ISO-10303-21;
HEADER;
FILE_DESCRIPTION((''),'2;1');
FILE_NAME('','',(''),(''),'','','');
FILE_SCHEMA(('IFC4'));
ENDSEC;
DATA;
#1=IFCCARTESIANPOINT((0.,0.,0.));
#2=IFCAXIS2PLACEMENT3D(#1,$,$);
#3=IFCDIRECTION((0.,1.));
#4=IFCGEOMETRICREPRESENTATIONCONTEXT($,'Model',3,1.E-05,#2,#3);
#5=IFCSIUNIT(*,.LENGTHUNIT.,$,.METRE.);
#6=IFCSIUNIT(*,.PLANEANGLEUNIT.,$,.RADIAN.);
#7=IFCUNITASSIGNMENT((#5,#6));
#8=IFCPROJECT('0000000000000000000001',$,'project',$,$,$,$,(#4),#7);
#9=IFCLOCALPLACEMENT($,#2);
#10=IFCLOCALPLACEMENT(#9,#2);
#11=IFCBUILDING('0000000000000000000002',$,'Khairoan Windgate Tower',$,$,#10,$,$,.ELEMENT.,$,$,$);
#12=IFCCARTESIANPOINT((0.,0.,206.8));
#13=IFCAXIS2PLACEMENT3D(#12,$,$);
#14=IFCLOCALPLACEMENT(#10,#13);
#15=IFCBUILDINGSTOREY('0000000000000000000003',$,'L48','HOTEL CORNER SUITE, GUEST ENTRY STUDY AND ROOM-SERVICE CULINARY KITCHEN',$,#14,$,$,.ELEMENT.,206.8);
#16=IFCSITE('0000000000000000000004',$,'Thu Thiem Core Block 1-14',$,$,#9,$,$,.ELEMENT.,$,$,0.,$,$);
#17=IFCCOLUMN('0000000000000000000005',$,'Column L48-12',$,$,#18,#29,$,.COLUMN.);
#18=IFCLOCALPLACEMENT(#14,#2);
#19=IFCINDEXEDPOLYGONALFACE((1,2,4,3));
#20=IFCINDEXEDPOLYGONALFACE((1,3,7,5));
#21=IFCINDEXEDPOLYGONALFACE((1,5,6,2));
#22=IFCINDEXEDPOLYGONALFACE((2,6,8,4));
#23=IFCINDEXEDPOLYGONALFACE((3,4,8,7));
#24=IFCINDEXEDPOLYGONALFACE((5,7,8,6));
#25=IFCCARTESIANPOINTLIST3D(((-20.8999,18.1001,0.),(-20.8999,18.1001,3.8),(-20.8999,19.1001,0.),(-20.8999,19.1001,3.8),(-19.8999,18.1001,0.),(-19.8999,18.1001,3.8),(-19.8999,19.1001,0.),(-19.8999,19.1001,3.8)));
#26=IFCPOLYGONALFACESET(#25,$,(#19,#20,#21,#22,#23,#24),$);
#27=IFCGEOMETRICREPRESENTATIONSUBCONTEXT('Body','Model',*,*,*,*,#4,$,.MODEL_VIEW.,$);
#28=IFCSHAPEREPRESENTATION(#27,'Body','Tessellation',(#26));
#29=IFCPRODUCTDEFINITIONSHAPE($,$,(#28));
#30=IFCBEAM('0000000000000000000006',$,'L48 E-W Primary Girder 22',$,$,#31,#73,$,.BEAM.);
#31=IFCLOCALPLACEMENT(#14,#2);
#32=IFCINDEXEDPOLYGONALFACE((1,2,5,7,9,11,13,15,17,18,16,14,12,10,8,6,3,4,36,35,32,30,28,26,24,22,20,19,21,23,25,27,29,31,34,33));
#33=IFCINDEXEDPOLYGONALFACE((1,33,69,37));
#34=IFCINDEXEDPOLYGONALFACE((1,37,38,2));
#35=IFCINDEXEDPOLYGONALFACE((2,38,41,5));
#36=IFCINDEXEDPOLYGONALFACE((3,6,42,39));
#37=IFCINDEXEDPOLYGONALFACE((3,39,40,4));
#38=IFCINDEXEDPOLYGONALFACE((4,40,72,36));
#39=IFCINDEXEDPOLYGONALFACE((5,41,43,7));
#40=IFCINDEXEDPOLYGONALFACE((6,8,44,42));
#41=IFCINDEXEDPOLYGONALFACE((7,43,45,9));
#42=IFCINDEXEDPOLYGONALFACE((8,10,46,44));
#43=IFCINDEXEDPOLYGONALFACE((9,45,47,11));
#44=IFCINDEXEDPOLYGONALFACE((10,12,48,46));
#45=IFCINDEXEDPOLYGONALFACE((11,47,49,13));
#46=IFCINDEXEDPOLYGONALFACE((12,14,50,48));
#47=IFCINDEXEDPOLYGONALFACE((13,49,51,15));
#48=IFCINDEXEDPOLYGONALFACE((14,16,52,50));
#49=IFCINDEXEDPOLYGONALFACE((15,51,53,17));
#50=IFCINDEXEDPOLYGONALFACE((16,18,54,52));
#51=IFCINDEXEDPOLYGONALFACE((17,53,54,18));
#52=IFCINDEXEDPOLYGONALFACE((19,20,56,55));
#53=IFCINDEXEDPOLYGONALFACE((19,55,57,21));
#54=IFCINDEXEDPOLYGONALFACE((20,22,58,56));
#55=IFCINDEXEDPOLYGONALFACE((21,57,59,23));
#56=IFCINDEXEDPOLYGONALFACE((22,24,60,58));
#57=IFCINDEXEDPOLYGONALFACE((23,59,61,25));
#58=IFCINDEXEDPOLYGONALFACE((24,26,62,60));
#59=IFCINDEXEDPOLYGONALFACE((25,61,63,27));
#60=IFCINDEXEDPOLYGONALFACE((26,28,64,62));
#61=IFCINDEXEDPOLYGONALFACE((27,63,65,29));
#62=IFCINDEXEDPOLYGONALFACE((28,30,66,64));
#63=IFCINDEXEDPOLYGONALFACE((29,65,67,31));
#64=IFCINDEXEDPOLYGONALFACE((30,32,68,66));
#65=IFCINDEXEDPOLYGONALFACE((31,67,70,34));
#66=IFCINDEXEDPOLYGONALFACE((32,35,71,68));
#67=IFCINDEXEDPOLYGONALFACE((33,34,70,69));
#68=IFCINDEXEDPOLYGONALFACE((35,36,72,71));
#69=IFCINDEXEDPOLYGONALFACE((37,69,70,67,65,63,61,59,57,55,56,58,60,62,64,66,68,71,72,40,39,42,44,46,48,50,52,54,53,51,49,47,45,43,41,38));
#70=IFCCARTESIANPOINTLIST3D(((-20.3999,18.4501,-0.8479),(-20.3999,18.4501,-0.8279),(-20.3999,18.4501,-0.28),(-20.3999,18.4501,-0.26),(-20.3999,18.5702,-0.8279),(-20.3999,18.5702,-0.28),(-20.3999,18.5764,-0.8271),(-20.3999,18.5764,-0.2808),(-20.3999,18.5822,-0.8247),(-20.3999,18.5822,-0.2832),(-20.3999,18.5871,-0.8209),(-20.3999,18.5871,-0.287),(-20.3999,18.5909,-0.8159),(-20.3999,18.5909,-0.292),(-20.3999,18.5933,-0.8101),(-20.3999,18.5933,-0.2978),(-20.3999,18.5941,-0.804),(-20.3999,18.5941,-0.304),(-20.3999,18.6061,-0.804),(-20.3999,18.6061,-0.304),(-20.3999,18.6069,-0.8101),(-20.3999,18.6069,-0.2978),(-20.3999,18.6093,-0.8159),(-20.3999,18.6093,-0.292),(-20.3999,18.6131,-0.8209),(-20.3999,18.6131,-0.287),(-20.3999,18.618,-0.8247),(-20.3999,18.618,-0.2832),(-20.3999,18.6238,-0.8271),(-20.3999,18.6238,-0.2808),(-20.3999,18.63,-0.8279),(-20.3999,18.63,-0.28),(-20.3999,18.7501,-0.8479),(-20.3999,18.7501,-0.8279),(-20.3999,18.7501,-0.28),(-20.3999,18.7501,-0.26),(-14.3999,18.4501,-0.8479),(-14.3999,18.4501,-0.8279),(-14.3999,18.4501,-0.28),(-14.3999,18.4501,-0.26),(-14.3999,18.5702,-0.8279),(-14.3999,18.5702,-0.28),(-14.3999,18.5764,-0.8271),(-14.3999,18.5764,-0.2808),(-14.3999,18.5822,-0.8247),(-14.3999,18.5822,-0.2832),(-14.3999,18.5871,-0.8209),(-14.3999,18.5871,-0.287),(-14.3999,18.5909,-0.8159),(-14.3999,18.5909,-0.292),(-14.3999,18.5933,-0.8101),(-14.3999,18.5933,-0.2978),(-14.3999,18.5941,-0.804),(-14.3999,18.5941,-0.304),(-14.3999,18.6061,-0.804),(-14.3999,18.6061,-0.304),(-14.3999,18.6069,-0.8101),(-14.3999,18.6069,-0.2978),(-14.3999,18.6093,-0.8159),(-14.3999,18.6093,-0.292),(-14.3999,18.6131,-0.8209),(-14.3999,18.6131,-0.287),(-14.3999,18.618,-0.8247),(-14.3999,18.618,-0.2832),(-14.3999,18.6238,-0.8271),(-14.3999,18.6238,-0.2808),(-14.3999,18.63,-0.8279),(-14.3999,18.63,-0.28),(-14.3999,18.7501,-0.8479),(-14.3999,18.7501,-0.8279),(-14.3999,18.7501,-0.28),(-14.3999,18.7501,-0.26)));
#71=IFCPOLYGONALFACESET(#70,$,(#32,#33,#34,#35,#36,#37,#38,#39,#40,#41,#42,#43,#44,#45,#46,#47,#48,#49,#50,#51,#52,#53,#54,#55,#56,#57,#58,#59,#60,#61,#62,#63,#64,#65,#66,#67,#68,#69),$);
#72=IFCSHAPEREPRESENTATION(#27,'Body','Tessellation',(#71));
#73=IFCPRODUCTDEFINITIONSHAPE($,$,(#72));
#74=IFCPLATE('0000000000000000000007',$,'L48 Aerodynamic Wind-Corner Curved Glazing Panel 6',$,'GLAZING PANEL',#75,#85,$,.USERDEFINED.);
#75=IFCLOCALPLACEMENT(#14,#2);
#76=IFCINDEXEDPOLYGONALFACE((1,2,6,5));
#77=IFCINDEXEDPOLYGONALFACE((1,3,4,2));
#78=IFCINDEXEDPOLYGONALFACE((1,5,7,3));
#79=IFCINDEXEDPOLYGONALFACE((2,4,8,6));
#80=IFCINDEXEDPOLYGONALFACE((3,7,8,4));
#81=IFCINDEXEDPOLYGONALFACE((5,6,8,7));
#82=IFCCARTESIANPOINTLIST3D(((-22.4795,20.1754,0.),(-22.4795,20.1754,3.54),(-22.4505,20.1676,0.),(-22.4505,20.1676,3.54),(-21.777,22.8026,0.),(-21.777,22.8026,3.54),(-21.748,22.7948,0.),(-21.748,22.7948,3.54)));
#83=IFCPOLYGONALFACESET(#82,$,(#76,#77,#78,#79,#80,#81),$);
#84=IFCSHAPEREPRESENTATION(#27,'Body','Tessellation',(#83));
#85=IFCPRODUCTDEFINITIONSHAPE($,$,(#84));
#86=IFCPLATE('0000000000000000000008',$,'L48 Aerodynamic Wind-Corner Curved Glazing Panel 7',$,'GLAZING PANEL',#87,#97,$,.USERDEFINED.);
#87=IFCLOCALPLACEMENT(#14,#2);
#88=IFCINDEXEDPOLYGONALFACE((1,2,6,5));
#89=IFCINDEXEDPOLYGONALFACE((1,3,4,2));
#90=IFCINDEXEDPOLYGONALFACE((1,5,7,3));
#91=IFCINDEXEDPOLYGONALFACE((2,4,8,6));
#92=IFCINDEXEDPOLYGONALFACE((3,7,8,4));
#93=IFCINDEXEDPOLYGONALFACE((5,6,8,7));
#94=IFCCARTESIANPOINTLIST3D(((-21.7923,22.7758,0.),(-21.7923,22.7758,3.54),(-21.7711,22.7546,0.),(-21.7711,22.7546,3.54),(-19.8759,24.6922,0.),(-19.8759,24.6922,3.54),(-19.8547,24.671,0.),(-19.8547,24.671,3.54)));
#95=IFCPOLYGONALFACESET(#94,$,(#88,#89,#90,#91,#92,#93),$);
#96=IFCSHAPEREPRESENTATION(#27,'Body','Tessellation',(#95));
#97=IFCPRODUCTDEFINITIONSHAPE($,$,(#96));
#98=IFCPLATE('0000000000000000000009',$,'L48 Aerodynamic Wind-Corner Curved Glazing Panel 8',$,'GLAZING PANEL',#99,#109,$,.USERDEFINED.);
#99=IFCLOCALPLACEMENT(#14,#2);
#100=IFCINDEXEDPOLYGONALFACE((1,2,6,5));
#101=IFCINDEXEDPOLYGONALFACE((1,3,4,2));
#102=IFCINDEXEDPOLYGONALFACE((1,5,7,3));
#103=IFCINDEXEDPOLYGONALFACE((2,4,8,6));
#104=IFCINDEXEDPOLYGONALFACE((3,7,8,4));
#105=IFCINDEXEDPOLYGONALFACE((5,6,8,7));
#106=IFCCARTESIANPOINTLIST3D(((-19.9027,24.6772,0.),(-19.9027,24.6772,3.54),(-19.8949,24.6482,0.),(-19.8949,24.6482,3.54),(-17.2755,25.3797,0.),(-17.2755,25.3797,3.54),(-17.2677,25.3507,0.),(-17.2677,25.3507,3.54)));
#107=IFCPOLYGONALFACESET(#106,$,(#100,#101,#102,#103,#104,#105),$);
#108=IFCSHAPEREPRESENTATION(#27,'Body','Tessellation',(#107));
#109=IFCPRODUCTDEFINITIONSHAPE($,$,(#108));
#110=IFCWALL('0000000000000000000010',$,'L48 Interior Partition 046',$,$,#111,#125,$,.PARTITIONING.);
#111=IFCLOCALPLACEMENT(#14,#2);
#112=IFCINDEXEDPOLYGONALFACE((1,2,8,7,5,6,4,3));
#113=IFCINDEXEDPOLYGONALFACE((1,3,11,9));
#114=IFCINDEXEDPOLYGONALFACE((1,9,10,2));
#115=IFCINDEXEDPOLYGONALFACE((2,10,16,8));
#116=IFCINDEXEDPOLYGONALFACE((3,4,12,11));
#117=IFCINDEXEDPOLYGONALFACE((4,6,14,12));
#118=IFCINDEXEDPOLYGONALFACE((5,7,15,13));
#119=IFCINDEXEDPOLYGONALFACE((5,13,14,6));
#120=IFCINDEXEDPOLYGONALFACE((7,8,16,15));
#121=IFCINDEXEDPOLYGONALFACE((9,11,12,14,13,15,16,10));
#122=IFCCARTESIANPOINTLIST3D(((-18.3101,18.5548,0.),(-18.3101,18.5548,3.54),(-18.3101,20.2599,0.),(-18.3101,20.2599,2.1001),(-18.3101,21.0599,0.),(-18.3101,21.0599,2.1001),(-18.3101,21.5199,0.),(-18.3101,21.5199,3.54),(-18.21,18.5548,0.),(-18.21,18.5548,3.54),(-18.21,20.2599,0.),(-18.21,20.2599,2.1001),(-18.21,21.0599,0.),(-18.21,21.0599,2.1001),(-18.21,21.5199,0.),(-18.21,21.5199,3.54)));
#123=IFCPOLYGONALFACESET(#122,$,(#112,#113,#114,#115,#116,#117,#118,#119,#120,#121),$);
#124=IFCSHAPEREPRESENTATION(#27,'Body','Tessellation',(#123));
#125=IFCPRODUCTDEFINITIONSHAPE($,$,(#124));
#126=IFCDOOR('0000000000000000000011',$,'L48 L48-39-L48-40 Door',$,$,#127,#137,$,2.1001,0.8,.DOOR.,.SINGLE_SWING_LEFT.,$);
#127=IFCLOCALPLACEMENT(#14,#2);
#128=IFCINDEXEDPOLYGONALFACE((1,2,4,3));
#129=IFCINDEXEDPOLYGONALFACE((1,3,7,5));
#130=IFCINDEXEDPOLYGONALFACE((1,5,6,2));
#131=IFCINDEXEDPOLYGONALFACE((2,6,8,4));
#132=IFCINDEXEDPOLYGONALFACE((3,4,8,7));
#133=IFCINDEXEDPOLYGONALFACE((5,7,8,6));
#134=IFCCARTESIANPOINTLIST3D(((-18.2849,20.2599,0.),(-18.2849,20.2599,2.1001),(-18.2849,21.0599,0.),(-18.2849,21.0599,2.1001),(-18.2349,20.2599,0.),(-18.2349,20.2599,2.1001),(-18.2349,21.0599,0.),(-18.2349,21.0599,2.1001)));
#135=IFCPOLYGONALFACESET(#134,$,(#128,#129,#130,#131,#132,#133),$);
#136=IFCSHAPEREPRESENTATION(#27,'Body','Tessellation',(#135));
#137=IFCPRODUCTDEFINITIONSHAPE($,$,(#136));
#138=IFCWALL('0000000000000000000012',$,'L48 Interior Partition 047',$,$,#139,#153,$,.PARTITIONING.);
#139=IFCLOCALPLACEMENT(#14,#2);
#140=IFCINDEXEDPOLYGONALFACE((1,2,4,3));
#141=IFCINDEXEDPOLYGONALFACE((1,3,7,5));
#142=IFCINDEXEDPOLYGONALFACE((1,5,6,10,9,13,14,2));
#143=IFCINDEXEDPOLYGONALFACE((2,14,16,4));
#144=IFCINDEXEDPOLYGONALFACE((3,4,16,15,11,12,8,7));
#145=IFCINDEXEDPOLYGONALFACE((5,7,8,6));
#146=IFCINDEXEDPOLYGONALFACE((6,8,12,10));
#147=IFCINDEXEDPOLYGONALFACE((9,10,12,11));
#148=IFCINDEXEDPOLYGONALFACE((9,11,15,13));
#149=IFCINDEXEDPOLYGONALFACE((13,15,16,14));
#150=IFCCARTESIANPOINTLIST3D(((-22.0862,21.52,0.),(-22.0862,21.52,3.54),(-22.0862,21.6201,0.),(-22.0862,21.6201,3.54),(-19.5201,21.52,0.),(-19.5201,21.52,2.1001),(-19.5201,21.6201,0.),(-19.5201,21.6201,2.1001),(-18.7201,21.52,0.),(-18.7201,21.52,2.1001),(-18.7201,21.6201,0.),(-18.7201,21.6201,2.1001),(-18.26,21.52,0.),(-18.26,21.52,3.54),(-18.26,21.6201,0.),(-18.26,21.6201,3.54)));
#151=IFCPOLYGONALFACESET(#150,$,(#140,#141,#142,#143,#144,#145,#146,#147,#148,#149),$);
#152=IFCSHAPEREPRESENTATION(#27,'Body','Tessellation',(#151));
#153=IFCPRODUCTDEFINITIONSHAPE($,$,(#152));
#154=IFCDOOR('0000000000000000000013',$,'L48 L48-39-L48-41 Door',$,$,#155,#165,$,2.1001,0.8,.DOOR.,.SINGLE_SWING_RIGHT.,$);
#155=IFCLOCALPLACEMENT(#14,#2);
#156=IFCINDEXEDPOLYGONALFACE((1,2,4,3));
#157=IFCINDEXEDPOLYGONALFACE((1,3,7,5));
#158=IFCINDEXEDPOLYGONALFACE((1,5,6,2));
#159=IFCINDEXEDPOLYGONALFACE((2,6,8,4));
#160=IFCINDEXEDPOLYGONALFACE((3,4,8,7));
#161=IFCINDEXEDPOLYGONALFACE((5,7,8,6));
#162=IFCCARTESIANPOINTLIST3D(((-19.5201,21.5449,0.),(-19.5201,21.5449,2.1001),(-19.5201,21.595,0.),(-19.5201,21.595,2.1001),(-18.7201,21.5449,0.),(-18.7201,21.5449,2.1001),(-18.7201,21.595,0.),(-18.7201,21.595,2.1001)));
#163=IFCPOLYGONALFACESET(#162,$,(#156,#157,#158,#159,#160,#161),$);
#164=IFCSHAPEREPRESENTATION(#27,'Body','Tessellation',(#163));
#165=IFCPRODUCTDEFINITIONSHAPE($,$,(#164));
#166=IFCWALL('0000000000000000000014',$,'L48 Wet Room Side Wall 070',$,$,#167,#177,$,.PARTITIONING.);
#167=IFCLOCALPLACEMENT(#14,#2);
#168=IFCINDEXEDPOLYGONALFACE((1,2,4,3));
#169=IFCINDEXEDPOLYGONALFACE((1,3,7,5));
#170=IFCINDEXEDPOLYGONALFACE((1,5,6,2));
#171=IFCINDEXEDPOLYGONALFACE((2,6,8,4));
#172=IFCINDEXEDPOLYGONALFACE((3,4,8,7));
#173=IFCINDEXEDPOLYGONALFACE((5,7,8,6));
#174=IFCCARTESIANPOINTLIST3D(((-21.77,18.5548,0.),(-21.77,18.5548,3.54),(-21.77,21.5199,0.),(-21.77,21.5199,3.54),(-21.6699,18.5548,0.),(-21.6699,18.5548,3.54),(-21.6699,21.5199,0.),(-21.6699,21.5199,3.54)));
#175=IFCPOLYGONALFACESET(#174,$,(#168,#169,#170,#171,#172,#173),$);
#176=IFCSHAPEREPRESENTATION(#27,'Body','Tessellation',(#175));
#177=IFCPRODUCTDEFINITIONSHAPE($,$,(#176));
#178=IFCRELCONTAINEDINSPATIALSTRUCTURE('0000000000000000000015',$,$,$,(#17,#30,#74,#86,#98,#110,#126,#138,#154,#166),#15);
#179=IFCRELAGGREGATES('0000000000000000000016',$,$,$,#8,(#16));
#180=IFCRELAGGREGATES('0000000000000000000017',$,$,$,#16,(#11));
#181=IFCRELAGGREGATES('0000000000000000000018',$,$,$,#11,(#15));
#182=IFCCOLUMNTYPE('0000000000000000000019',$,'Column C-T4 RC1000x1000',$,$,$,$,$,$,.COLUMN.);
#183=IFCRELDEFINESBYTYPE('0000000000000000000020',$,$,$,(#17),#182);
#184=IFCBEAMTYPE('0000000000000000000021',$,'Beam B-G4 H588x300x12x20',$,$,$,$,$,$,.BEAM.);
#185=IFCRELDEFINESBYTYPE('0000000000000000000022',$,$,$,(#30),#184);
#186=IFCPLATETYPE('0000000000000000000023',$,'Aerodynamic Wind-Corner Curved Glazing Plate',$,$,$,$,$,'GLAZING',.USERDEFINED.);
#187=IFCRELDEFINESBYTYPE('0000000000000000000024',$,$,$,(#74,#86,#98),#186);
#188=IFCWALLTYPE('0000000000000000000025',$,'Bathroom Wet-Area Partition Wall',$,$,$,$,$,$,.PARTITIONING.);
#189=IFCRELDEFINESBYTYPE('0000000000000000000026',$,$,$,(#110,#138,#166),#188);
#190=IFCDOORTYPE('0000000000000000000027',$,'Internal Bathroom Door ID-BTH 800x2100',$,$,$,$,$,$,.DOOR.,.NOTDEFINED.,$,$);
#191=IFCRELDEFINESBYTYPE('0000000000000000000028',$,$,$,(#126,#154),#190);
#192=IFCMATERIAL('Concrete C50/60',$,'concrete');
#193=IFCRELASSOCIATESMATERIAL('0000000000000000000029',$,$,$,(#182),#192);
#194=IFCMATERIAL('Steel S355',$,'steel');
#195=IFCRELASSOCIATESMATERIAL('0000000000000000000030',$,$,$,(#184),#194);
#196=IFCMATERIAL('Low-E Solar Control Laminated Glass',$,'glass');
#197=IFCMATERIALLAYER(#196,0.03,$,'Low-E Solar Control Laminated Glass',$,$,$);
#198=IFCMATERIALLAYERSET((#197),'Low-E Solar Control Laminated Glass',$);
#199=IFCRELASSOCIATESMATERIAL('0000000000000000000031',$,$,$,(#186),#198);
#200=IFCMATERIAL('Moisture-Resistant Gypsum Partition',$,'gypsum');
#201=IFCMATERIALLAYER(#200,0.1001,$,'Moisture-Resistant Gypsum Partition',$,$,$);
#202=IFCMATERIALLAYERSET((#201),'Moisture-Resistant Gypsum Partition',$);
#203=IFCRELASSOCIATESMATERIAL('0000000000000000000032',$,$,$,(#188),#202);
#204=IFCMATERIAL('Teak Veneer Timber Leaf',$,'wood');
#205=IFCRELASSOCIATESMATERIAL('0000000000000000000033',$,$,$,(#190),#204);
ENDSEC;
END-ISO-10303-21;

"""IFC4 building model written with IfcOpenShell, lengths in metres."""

from ifc_helpers import new_model, si_unit, direction, frame, frame_2d, origin, origin_2d, place, context, subcontext, project, spatial, rectangle, i_section, extrude, material, layer, layer_set, material_profile, profile_set, type_object, element, fill, save


model = new_model("IFC4")

# Units and contexts
model_context = context("Model", 3, precision=1e-05, world=origin(), true_north=direction((0.0, 1.0)))
body_context = subcontext(model_context, "Body", "Model", "MODEL_VIEW")
ifc_project = project(units=[si_unit("LENGTHUNIT", "METRE"), si_unit("PLANEANGLEUNIT", "RADIAN")], contexts=[model_context])

# Site, building, storey
site_placement = place(None, origin())
site = spatial("IfcSite", under=ifc_project, at=site_placement, Name="Thu Thiem Core Block 1-14", CompositionType="ELEMENT", RefElevation=0.0)
building_placement = place(site_placement, origin())
building = spatial("IfcBuilding", under=site, at=building_placement, Name="Khairoan Windgate Tower", CompositionType="ELEMENT")
storey_placement = place(building_placement, frame((0.0, 0.0, 206.8)))
storey = spatial("IfcBuildingStorey", under=building, at=storey_placement, Name="L48", Description="HOTEL CORNER SUITE, GUEST ENTRY STUDY AND ROOM-SERVICE CULINARY KITCHEN", CompositionType="ELEMENT", Elevation=206.8)

# Column
ifc_material_1 = material(Name="Concrete C50/60", Category="concrete")
ifc_material_profile_1 = material_profile(ifc_material_1, rectangle(XDim=1.0, YDim=1.0, at=origin_2d()))
ifc_profile_set_1 = profile_set([ifc_material_profile_1], Name="Concrete C50/60")
column_type = type_object("IfcColumnType", Name="Column C-T4 RC1000x1000", PredefinedType="COLUMN", material=ifc_profile_set_1)
column_placement = place(storey_placement, frame((-20.3999, 18.6001, 0.0), z_axis=(0.0, 0.0, 1.0), x_axis=(1.0, 0.0, 0.0)))
element("IfcColumn", 1, at=column_placement, inside=storey, type_object=column_type, Name="Column L48-12", PredefinedType="COLUMN", context=body_context, shape_type="SweptSolid", body=[
    extrude(rectangle(XDim=1.0, YDim=1.0, at=origin_2d()), origin(), (0.0, 0.0, 1.0), 3.8),
])

# Beam
ifc_material_2 = material(Name="Steel S355", Category="steel")
ifc_material_profile_2 = material_profile(ifc_material_2, i_section(OverallWidth=0.3, OverallDepth=0.5879, WebThickness=0.012, FlangeThickness=0.02, FilletRadius=0.0239, at=origin_2d()))
ifc_profile_set_2 = profile_set([ifc_material_profile_2], Name="Steel S355")
beam_type = type_object("IfcBeamType", Name="Beam B-G4 H588x300x12x20", PredefinedType="BEAM", material=ifc_profile_set_2)
beam_placement = place(storey_placement, frame((-20.3999, 18.6001, -0.554), z_axis=(1.0, 0.0, 0.0), x_axis=(0.0, 1.0, 0.0)))
element("IfcBeam", 2, at=beam_placement, inside=storey, type_object=beam_type, Name="L48 E-W Primary Girder 22", PredefinedType="BEAM", context=body_context, shape_type="SweptSolid", body=[
    extrude(i_section(OverallWidth=0.3, OverallDepth=0.5879, WebThickness=0.012, FlangeThickness=0.02, FilletRadius=0.0239, at=origin_2d()), origin(), (0.0, 0.0, 1.0), 6.0),
])

# Plates
ifc_material_3 = material(Name="Low-E Solar Control Laminated Glass", Category="glass")
ifc_layer_1 = layer(ifc_material_3, 0.03, Name="Low-E Solar Control Laminated Glass")
ifc_layer_set_1 = layer_set([ifc_layer_1], Name="Low-E Solar Control Laminated Glass")
plate_type_1 = type_object("IfcPlateType", Name="Aerodynamic Wind-Corner Curved Glazing Plate", ElementType="GLAZING", PredefinedType="USERDEFINED", material=ifc_layer_set_1)
plate_1_placement = place(storey_placement, frame((-22.1138, 21.4851, 0.0), z_axis=(0.0, 0.0, 1.0), x_axis=(0.258313, 0.966061, 0.0)))
element("IfcPlate", 3, at=plate_1_placement, inside=storey, type_object=plate_type_1, Name="L48 Aerodynamic Wind-Corner Curved Glazing Panel 6", ObjectType="GLAZING PANEL", PredefinedType="USERDEFINED", context=body_context, shape_type="SweptSolid", body=[
    extrude(rectangle(XDim=2.7195, YDim=0.03, at=origin_2d()), origin(), (0.0, 0.0, 1.0), 3.54),
])
plate_2_placement = place(storey_placement, frame((-20.8235, 23.7234, 0.0), z_axis=(0.0, 0.0, 1.0), x_axis=(0.707107, 0.707107, 0.0)))
element("IfcPlate", 4, at=plate_2_placement, inside=storey, type_object=plate_type_1, Name="L48 Aerodynamic Wind-Corner Curved Glazing Panel 7", ObjectType="GLAZING PANEL", PredefinedType="USERDEFINED", context=body_context, shape_type="SweptSolid", body=[
    extrude(rectangle(XDim=2.7102, YDim=0.03, at=origin_2d()), origin(), (0.0, 0.0, 1.0), 3.54),
])
plate_3_placement = place(storey_placement, frame((-18.5852, 25.0139, 0.0), z_axis=(0.0, 0.0, 1.0), x_axis=(0.966061, 0.258313, 0.0)))
element("IfcPlate", 5, at=plate_3_placement, inside=storey, type_object=plate_type_1, Name="L48 Aerodynamic Wind-Corner Curved Glazing Panel 8", ObjectType="GLAZING PANEL", PredefinedType="USERDEFINED", context=body_context, shape_type="SweptSolid", body=[
    extrude(rectangle(XDim=2.7195, YDim=0.03, at=origin_2d()), origin(), (0.0, 0.0, 1.0), 3.54),
])

# Walls, openings, doors
ifc_material_4 = material(Name="Moisture-Resistant Gypsum Partition", Category="gypsum")
ifc_layer_2 = layer(ifc_material_4, 0.1001, Name="Moisture-Resistant Gypsum Partition")
ifc_layer_set_2 = layer_set([ifc_layer_2], Name="Moisture-Resistant Gypsum Partition")
wall_type_1 = type_object("IfcWallType", Name="Bathroom Wet-Area Partition Wall", PredefinedType="PARTITIONING", material=ifc_layer_set_2)
wall_1_placement = place(storey_placement, frame((-18.26, 18.5549, 0.0), z_axis=(0.0, 0.0, 1.0), x_axis=(0.0, 1.0, 0.0)))
wall_1 = element("IfcWall", 6, at=wall_1_placement, inside=storey, type_object=wall_type_1, Name="L48 Interior Partition 046", PredefinedType="PARTITIONING", context=body_context, shape_type="SweptSolid", body=[
    extrude(rectangle(XDim=2.9651, YDim=0.1001, at=frame_2d((1.4824, 0.0))), origin(), (0.0, 0.0, 1.0), 3.54),
])
opening_1_placement = place(wall_1_placement, frame((1.7051, 0.0, 0.0)))
opening_1 = element("IfcOpeningElement", 7, at=opening_1_placement, cuts=wall_1, PredefinedType="OPENING", context=body_context, shape_type="SweptSolid", body=[
    extrude(rectangle(XDim=0.8, YDim=2.1001, at=frame_2d((0.3999, 1.05))), frame((0.0, 0.0601, 0.0), z_axis=(0.0, -1.0, 0.0), x_axis=(1.0, 0.0, 0.0)), (0.0, 0.0, 1.0), 0.1201),
])
ifc_material_5 = material(Name="Teak Veneer Timber Leaf", Category="wood")
door_type_1 = type_object("IfcDoorType", Name="Internal Bathroom Door ID-BTH 800x2100", OperationType="NOTDEFINED", PredefinedType="DOOR", material=ifc_material_5)
door_1_placement = place(opening_1_placement, origin())
door_1 = element("IfcDoor", 8, at=door_1_placement, inside=storey, type_object=door_type_1, Name="L48 L48-39-L48-40 Door", OperationType="SINGLE_SWING_LEFT", OverallHeight=2.1001, OverallWidth=0.8, PredefinedType="DOOR", context=body_context, shape_type="SweptSolid", body=[
    extrude(rectangle(XDim=0.8, YDim=2.1001, at=frame_2d((0.3999, 1.05))), frame((0.0, 0.0249, 0.0), z_axis=(0.0, -1.0, 0.0), x_axis=(1.0, 0.0, 0.0)), (0.0, 0.0, 1.0), 0.05),
])
fill(opening_1, door_1)
wall_2_placement = place(storey_placement, frame((-22.0862, 21.5701, 0.0), z_axis=(0.0, 0.0, 1.0), x_axis=(1.0, 0.0, 0.0)))
wall_2 = element("IfcWall", 9, at=wall_2_placement, inside=storey, type_object=wall_type_1, Name="L48 Interior Partition 047", PredefinedType="PARTITIONING", context=body_context, shape_type="SweptSolid", body=[
    extrude(rectangle(XDim=3.8262, YDim=0.1001, at=frame_2d((1.9131, 0.0))), origin(), (0.0, 0.0, 1.0), 3.54),
])
opening_2_placement = place(wall_2_placement, frame((2.5662, 0.0, 0.0)))
opening_2 = element("IfcOpeningElement", 10, at=opening_2_placement, cuts=wall_2, PredefinedType="OPENING", context=body_context, shape_type="SweptSolid", body=[
    extrude(rectangle(XDim=0.8, YDim=2.1001, at=frame_2d((0.3999, 1.05))), frame((0.0, 0.0601, 0.0), z_axis=(0.0, -1.0, 0.0), x_axis=(1.0, 0.0, 0.0)), (0.0, 0.0, 1.0), 0.1201),
])
door_2_placement = place(opening_2_placement, origin())
door_2 = element("IfcDoor", 11, at=door_2_placement, inside=storey, type_object=door_type_1, Name="L48 L48-39-L48-41 Door", OperationType="SINGLE_SWING_RIGHT", OverallHeight=2.1001, OverallWidth=0.8, PredefinedType="DOOR", context=body_context, shape_type="SweptSolid", body=[
    extrude(rectangle(XDim=0.8, YDim=2.1001, at=frame_2d((0.3999, 1.05))), frame((0.0, 0.0249, 0.0), z_axis=(0.0, -1.0, 0.0), x_axis=(1.0, 0.0, 0.0)), (0.0, 0.0, 1.0), 0.05),
])
fill(opening_2, door_2)

# Wall
wall_3_placement = place(storey_placement, frame((-21.72, 18.5549, 0.0), z_axis=(0.0, 0.0, 1.0), x_axis=(0.0, 1.0, 0.0)))
element("IfcWall", 12, at=wall_3_placement, inside=storey, type_object=wall_type_1, Name="L48 Wet Room Side Wall 070", PredefinedType="PARTITIONING", context=body_context, shape_type="SweptSolid", body=[
    extrude(rectangle(XDim=2.9651, YDim=0.1001, at=frame_2d((1.4824, 0.0))), origin(), (0.0, 0.0, 1.0), 3.54),
])

save(model, "model.ifc")
